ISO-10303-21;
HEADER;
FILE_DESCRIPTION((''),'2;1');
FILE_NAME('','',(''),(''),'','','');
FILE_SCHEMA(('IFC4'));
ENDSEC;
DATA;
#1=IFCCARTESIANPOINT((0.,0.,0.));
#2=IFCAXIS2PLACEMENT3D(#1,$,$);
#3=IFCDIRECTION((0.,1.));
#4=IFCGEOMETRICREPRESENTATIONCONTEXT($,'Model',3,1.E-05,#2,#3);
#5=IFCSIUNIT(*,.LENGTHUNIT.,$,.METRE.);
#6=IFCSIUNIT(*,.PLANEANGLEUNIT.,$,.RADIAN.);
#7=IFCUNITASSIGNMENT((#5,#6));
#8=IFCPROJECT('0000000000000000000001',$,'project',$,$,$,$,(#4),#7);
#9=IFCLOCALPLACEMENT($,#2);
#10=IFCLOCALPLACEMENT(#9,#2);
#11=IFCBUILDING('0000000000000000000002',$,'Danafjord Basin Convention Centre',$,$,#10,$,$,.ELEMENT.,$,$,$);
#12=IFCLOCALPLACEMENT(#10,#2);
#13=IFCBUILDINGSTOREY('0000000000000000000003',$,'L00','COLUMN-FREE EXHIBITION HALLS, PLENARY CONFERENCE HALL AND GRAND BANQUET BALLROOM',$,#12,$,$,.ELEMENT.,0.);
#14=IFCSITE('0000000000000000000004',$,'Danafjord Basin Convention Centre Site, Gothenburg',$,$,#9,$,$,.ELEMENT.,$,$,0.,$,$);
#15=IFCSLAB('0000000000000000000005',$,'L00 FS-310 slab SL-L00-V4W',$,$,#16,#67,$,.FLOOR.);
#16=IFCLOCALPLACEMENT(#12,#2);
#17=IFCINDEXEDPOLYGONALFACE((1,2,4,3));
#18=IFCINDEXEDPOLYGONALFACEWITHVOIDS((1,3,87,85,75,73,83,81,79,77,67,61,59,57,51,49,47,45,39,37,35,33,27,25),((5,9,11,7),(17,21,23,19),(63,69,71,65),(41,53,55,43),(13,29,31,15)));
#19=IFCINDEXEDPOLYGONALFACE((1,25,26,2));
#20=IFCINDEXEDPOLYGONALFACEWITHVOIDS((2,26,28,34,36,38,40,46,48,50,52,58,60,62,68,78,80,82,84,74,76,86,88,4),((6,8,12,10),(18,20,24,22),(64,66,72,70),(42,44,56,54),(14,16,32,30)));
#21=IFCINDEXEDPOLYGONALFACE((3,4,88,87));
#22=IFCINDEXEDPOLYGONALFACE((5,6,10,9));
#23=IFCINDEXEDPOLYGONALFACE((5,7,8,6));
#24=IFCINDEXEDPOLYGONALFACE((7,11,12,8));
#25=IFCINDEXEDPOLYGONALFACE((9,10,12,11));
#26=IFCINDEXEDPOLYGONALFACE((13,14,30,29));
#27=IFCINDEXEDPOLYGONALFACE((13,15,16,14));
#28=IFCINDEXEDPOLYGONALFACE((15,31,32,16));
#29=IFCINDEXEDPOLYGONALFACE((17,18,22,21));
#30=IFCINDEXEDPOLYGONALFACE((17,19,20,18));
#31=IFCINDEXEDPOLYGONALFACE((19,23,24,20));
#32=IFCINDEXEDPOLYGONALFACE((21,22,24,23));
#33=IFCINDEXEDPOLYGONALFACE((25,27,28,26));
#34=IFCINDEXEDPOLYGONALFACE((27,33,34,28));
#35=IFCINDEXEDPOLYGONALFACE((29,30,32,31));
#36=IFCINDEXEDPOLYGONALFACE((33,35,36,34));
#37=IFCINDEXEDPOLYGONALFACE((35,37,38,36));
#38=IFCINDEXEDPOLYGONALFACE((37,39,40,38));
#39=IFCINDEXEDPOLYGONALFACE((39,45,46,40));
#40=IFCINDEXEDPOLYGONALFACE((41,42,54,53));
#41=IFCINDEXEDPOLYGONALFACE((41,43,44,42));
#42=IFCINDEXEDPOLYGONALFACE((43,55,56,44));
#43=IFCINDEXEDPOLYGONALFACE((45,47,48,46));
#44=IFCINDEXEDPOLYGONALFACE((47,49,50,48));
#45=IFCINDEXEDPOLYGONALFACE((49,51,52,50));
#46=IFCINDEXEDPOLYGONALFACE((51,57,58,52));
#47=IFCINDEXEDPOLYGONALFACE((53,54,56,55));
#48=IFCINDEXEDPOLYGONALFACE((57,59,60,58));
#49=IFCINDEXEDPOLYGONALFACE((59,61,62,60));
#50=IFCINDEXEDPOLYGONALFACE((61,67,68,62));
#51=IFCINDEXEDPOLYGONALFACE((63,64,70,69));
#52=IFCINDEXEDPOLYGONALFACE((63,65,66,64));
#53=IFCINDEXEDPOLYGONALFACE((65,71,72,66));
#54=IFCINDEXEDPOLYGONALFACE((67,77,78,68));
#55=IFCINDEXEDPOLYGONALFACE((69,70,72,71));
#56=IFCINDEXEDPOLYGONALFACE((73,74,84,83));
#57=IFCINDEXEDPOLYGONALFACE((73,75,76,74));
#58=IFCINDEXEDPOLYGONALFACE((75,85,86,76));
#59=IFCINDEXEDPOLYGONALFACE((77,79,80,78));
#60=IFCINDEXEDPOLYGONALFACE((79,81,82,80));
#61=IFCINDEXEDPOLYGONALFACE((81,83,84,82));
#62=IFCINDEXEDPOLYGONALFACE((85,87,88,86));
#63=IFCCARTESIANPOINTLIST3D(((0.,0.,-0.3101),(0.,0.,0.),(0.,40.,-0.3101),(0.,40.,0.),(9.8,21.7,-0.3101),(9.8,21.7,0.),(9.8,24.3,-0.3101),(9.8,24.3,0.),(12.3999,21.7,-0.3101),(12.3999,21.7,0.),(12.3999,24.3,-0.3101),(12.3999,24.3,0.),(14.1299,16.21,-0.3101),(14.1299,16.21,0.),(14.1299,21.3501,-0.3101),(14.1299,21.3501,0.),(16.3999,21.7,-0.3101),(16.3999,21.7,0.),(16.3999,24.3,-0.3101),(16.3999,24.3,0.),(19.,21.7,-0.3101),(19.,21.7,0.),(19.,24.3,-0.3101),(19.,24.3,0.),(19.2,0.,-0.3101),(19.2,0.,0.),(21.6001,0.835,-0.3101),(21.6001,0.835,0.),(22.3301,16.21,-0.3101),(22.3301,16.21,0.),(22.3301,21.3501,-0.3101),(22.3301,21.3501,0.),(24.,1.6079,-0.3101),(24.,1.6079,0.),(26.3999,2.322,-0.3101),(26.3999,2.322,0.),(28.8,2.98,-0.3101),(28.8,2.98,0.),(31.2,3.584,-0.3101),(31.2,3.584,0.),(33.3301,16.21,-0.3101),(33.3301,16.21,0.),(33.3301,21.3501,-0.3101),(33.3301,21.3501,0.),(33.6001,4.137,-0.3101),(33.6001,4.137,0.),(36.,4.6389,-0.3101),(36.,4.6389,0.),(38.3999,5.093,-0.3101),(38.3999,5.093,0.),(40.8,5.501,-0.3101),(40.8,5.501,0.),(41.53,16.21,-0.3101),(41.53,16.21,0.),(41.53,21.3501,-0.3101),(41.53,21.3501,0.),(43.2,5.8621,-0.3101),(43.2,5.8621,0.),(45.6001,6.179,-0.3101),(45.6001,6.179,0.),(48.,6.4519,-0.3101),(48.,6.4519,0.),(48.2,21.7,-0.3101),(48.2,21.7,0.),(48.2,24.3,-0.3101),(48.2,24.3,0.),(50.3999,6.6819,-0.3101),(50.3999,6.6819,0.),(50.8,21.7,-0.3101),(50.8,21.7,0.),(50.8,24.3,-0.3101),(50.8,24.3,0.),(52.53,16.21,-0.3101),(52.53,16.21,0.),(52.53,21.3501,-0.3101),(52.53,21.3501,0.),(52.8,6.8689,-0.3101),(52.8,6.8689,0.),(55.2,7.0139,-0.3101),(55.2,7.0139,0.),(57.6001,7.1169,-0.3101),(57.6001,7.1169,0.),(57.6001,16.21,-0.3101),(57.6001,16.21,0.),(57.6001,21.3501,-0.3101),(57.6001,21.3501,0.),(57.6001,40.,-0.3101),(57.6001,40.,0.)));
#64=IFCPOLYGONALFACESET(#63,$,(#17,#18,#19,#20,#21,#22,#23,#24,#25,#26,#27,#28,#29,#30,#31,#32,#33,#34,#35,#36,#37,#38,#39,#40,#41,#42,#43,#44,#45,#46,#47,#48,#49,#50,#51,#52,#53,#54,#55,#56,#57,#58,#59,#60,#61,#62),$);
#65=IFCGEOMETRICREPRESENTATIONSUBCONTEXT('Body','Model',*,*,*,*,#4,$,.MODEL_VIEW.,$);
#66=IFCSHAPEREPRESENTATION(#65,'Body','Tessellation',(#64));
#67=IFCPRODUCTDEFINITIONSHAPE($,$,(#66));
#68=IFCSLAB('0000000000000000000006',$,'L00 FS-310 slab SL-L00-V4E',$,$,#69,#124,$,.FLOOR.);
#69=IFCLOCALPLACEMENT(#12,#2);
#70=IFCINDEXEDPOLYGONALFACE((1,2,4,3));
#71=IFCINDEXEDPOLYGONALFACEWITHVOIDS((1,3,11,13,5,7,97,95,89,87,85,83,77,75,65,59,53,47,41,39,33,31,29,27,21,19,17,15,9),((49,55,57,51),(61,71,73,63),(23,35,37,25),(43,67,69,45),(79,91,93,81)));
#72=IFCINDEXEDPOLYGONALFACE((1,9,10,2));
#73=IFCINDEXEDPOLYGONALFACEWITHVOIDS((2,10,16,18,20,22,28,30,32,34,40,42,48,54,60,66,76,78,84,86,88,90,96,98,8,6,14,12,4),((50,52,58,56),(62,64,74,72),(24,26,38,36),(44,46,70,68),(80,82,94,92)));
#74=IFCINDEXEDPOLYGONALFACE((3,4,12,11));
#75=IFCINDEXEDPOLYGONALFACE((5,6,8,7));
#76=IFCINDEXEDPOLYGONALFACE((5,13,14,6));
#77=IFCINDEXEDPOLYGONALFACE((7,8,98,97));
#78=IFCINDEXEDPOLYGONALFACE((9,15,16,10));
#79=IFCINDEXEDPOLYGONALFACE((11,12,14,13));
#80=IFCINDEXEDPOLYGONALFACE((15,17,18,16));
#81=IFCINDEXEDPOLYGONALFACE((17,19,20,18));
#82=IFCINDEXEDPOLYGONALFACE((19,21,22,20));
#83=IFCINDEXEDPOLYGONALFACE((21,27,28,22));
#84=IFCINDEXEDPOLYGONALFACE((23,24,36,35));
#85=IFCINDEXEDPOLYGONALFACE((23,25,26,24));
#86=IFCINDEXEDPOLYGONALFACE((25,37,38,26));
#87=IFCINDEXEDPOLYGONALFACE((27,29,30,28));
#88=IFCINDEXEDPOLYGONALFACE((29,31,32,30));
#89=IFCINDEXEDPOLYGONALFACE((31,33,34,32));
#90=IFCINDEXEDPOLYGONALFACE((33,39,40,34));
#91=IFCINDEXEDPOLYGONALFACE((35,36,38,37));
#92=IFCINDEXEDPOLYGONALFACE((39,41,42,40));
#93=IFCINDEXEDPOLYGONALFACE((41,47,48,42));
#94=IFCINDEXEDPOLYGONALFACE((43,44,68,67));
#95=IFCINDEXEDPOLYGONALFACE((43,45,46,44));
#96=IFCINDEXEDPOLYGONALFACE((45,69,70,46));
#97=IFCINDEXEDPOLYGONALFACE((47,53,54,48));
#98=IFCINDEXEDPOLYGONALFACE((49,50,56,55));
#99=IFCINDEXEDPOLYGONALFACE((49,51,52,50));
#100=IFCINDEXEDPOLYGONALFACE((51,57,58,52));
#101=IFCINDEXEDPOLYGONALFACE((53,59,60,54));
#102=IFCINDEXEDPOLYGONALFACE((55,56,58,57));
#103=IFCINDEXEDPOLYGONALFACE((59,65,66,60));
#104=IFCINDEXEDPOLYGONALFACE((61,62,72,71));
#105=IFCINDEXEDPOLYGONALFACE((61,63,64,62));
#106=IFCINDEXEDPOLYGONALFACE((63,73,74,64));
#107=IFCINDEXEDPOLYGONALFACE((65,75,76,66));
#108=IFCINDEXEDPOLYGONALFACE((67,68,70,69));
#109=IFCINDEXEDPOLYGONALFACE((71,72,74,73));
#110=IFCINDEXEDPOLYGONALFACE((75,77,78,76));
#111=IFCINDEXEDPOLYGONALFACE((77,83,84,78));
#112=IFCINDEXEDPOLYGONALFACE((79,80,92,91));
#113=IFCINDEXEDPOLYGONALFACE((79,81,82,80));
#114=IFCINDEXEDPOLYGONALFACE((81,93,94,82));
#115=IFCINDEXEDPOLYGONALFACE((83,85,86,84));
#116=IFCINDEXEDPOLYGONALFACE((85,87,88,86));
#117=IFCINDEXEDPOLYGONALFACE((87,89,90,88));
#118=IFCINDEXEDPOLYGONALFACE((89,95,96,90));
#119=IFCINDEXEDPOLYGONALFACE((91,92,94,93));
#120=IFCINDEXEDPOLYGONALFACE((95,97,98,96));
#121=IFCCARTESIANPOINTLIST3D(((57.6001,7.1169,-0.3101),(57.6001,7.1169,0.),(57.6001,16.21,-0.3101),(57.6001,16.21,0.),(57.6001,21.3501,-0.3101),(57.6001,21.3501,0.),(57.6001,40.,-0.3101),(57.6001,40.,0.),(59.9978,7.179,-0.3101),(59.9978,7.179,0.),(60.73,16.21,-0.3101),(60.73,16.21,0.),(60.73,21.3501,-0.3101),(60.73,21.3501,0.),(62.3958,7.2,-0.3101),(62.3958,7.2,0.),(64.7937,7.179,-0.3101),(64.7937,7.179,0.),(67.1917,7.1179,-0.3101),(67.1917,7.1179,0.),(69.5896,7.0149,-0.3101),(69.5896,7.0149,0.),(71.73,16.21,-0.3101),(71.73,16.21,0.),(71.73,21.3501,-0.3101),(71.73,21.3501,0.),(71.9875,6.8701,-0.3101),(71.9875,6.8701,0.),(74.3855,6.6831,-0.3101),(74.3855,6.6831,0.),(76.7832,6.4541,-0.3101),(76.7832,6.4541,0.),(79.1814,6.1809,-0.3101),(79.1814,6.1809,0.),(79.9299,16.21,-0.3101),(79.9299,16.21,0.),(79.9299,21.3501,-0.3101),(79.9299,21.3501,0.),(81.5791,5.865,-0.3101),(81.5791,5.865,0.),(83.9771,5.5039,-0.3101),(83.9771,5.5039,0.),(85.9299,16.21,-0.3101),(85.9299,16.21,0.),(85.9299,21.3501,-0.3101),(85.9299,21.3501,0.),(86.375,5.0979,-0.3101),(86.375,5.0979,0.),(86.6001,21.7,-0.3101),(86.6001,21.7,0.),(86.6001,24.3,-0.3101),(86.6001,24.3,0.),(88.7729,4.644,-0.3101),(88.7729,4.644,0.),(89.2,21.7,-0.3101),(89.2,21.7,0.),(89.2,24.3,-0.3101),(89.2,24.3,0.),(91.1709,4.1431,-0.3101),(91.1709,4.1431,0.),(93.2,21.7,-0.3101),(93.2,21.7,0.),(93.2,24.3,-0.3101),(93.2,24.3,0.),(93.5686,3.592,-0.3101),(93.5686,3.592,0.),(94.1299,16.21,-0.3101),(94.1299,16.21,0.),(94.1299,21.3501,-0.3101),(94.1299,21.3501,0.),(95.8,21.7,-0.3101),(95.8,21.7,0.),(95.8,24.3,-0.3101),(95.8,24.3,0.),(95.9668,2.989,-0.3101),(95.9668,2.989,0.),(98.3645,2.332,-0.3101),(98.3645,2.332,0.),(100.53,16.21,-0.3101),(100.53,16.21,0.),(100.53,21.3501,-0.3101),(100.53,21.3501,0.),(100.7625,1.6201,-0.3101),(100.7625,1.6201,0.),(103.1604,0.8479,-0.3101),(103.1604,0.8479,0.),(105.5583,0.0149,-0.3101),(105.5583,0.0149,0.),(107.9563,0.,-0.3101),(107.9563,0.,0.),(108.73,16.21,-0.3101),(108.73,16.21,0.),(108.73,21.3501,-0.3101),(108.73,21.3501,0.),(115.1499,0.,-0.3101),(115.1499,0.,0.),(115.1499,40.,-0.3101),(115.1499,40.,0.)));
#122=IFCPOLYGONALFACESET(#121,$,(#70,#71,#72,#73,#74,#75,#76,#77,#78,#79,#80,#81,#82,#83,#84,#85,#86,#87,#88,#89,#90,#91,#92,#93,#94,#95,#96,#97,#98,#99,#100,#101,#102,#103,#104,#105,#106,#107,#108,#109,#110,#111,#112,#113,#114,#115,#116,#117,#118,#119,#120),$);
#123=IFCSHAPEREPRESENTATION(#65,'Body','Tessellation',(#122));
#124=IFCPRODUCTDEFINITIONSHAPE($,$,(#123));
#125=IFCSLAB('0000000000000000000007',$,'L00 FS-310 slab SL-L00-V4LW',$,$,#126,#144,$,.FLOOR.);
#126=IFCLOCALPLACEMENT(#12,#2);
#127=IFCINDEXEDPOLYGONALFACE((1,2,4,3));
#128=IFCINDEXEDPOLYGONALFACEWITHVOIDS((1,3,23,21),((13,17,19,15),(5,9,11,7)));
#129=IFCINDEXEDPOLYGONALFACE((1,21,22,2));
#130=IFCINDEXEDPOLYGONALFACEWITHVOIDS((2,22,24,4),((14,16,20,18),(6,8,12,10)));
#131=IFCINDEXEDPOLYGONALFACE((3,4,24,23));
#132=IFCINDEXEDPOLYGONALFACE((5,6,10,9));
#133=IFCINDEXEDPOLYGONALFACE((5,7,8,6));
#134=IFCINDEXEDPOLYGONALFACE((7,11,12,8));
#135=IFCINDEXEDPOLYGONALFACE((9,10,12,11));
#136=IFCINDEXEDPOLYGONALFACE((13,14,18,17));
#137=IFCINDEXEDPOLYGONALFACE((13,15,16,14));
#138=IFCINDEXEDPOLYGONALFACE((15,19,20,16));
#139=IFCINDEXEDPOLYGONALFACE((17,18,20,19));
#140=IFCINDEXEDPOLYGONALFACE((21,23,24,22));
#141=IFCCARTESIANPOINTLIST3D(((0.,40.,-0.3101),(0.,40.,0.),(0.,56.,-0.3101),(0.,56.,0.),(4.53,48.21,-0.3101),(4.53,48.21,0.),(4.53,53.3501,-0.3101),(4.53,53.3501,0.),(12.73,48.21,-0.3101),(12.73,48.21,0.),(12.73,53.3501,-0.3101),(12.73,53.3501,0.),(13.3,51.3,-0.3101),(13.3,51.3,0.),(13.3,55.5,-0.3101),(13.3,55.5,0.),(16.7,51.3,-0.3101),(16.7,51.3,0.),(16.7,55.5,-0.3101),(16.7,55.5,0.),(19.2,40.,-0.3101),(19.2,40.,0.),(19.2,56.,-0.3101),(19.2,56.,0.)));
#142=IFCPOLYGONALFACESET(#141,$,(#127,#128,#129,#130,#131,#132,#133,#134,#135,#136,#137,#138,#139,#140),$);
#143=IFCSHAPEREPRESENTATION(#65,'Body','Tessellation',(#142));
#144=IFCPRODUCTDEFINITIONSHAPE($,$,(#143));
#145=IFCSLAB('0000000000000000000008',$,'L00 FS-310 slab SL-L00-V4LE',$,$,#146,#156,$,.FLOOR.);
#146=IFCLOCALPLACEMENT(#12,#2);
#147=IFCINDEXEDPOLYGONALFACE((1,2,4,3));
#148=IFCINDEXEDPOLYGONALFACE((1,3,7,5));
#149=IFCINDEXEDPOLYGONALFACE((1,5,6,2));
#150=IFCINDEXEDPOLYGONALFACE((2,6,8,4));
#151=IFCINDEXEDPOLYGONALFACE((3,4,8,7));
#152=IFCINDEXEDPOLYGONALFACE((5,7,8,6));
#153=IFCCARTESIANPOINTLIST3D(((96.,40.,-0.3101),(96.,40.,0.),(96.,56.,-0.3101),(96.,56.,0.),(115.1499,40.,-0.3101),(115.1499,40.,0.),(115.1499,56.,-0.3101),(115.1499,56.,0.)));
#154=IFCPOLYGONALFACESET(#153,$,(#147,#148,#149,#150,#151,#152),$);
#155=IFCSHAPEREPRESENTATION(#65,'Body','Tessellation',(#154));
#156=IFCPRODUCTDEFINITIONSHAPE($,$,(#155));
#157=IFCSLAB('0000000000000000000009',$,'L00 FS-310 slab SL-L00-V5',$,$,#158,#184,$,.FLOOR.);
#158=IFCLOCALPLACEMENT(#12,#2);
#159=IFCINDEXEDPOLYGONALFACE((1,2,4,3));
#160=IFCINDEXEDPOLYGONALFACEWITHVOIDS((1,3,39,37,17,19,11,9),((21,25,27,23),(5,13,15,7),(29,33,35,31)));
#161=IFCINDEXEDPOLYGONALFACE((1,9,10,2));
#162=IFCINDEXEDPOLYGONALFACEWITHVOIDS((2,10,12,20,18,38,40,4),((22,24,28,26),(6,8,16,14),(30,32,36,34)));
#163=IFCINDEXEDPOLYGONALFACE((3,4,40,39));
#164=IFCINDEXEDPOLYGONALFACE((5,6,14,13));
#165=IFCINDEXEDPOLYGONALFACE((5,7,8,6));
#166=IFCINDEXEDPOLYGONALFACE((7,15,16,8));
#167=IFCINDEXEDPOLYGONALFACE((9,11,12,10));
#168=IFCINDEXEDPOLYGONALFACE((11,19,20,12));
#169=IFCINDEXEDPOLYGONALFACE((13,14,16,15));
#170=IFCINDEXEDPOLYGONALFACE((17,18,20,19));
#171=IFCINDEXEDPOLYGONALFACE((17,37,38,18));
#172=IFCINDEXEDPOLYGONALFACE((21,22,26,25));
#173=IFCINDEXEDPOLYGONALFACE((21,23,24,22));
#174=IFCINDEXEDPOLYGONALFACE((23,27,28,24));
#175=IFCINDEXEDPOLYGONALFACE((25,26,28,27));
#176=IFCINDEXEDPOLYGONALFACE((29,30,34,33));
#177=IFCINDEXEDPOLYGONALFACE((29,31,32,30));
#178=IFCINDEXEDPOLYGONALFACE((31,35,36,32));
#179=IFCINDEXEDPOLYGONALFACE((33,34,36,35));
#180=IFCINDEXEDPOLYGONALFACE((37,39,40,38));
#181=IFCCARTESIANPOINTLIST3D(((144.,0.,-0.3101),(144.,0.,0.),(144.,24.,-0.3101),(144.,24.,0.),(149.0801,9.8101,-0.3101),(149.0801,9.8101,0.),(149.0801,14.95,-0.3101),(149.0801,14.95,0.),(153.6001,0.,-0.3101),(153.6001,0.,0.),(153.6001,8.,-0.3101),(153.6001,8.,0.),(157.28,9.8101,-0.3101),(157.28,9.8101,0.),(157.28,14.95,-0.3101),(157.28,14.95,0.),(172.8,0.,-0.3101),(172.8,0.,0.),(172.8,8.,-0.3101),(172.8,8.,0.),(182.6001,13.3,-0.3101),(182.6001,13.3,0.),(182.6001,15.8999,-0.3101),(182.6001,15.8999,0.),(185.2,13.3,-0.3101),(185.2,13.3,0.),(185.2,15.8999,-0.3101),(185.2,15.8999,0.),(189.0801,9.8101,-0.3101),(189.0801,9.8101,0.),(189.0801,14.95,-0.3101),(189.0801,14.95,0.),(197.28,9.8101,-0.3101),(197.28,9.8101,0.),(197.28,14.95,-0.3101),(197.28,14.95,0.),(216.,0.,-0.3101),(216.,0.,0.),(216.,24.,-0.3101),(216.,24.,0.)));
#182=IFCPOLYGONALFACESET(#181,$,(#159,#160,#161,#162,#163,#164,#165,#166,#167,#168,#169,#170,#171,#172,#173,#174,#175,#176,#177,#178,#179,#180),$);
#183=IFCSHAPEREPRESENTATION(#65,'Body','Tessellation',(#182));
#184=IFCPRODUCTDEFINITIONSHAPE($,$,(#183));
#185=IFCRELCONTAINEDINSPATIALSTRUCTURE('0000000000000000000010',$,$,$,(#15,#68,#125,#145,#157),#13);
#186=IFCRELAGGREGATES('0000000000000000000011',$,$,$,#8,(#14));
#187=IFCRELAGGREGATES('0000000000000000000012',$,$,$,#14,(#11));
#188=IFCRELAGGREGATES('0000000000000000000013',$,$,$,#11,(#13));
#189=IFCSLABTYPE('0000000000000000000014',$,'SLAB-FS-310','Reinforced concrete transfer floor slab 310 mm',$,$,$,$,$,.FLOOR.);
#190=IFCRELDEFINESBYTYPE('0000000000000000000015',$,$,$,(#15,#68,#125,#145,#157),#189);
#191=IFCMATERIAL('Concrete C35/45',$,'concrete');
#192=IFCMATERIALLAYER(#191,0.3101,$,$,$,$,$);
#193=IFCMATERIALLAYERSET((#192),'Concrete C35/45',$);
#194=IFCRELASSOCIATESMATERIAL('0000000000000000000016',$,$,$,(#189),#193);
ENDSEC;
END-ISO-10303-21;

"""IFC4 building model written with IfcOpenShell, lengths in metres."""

from ifc_helpers import new_model, si_unit, direction, frame, origin, place, context, subcontext, project, spatial, polyline, outline, extrude, material, layer, layer_set, type_object, element, save


model = new_model("IFC4")

# Units and contexts
model_context = context("Model", 3, precision=1e-05, world=origin(), true_north=direction((0.0, 1.0)))
body_context = subcontext(model_context, "Body", "Model", "MODEL_VIEW")
ifc_project = project(units=[si_unit("LENGTHUNIT", "METRE"), si_unit("PLANEANGLEUNIT", "RADIAN")], contexts=[model_context])

# Site, building, storey
site_placement = place(None, origin())
site = spatial("IfcSite", under=ifc_project, at=site_placement, Name="Danafjord Basin Convention Centre Site, Gothenburg", CompositionType="ELEMENT", RefElevation=0.0)
building_placement = place(site_placement, origin())
building = spatial("IfcBuilding", under=site, at=building_placement, Name="Danafjord Basin Convention Centre", CompositionType="ELEMENT")
storey_placement = place(building_placement, origin())
storey = spatial("IfcBuildingStorey", under=building, at=storey_placement, Name="L00", Description="COLUMN-FREE EXHIBITION HALLS, PLENARY CONFERENCE HALL AND GRAND BANQUET BALLROOM", CompositionType="ELEMENT", Elevation=0.0)

# Slabs
ifc_material_1 = material(Name="Concrete C35/45", Category="concrete")
ifc_layer_1 = layer(ifc_material_1, 0.3101)
ifc_layer_set_1 = layer_set([ifc_layer_1], Name="Concrete C35/45")
slab_type_1 = type_object("IfcSlabType", Name="SLAB-FS-310", Description="Reinforced concrete transfer floor slab 310 mm", PredefinedType="FLOOR", material=ifc_layer_set_1)
slab_1_placement = place(storey_placement, frame((0.0, 0.0, -0.3101)))
element("IfcSlab", 1, at=slab_1_placement, inside=storey, type_object=slab_type_1, Name="L00 FS-310 slab SL-L00-V4W", PredefinedType="FLOOR", context=body_context, shape_type="SweptSolid", body=[
    extrude(outline(polyline([(57.6001, 40.0), (57.6001, 21.3501), (52.53, 21.3501), (52.53, 16.21), (57.6001, 16.21), (57.6001, 7.1169), (55.2, 7.0139), (52.8, 6.8689), (50.3999, 6.6819), (48.0, 6.4519), (45.6001, 6.179), (43.2, 5.8621), (40.8, 5.501), (38.3999, 5.093), (36.0, 4.6389), (33.6001, 4.137), (31.2, 3.584), (28.8, 2.98), (26.3999, 2.322), (24.0, 1.6079), (21.6001, 0.835), (19.2, 0.0), (0.0, 0.0), (0.0, 40.0), (57.6001, 40.0)]), holes=[polyline([(50.8, 24.3), (48.2, 24.3), (48.2, 21.7), (50.8, 21.7), (50.8, 24.3)]), polyline([(33.3301, 21.3501), (33.3301, 16.21), (41.53, 16.21), (41.53, 21.3501), (33.3301, 21.3501)]), polyline([(14.1299, 16.21), (22.3301, 16.21), (22.3301, 21.3501), (14.1299, 21.3501), (14.1299, 16.21)]), polyline([(16.3999, 24.3), (16.3999, 21.7), (19.0, 21.7), (19.0, 24.3), (16.3999, 24.3)]), polyline([(9.8, 24.3), (9.8, 21.7), (12.3999, 21.7), (12.3999, 24.3), (9.8, 24.3)])]), origin(), (0.0, 0.0, 1.0), 0.3101),
])
slab_2_placement = place(storey_placement, frame((0.0, 0.0, -0.3101)))
element("IfcSlab", 2, at=slab_2_placement, inside=storey, type_object=slab_type_1, Name="L00 FS-310 slab SL-L00-V4E", PredefinedType="FLOOR", context=body_context, shape_type="SweptSolid", body=[
    extrude(outline(polyline([(60.73, 16.21), (60.73, 21.3501), (57.6001, 21.3501), (57.6001, 40.0), (115.1499, 40.0), (115.1499, 0.0), (107.9563, 0.0), (105.5583, 0.0149), (103.1604, 0.8479), (100.7625, 1.6201), (98.3645, 2.332), (95.9668, 2.989), (93.5686, 3.592), (91.1709, 4.1431), (88.7729, 4.644), (86.375, 5.0979), (83.9771, 5.5039), (81.5791, 5.865), (79.1814, 6.1809), (76.7832, 6.4541), (74.3855, 6.6831), (71.9875, 6.8701), (69.5896, 7.0149), (67.1917, 7.1179), (64.7937, 7.179), (62.3958, 7.2), (59.9978, 7.179), (57.6001, 7.1169), (57.6001, 16.21), (60.73, 16.21)]), holes=[polyline([(100.53, 21.3501), (100.53, 16.21), (108.73, 16.21), (108.73, 21.3501), (100.53, 21.3501)]), polyline([(93.2, 24.3), (93.2, 21.7), (95.8, 21.7), (95.8, 24.3), (93.2, 24.3)]), polyline([(85.9299, 21.3501), (85.9299, 16.21), (94.1299, 16.21), (94.1299, 21.3501), (85.9299, 21.3501)]), polyline([(89.2, 24.3), (86.6001, 24.3), (86.6001, 21.7), (89.2, 21.7), (89.2, 24.3)]), polyline([(71.73, 16.21), (79.9299, 16.21), (79.9299, 21.3501), (71.73, 21.3501), (71.73, 16.21)])]), origin(), (0.0, 0.0, 1.0), 0.3101),
])
slab_3_placement = place(storey_placement, frame((0.0, 0.0, -0.3101)))
element("IfcSlab", 3, at=slab_3_placement, inside=storey, type_object=slab_type_1, Name="L00 FS-310 slab SL-L00-V4LW", PredefinedType="FLOOR", context=body_context, shape_type="SweptSolid", body=[
    extrude(outline(polyline([(0.0, 56.0), (19.2, 56.0), (19.2, 40.0), (0.0, 40.0), (0.0, 56.0)]), holes=[polyline([(13.3, 51.3), (16.7, 51.3), (16.7, 55.5), (13.3, 55.5), (13.3, 51.3)]), polyline([(4.53, 48.21), (12.73, 48.21), (12.73, 53.3501), (4.53, 53.3501), (4.53, 48.21)])]), origin(), (0.0, 0.0, 1.0), 0.3101),
])
slab_4_placement = place(storey_placement, frame((0.0, 0.0, -0.3101)))
element("IfcSlab", 4, at=slab_4_placement, inside=storey, type_object=slab_type_1, Name="L00 FS-310 slab SL-L00-V4LE", PredefinedType="FLOOR", context=body_context, shape_type="SweptSolid", body=[
    extrude(outline(polyline([(96.0, 40.0), (96.0, 56.0), (115.1499, 56.0), (115.1499, 40.0), (96.0, 40.0)])), origin(), (0.0, 0.0, 1.0), 0.3101),
])
slab_5_placement = place(storey_placement, frame((0.0, 0.0, -0.3101)))
element("IfcSlab", 5, at=slab_5_placement, inside=storey, type_object=slab_type_1, Name="L00 FS-310 slab SL-L00-V5", PredefinedType="FLOOR", context=body_context, shape_type="SweptSolid", body=[
    extrude(outline(polyline([(144.0, 24.0), (216.0, 24.0), (216.0, 0.0), (172.8, 0.0), (172.8, 8.0), (153.6001, 8.0), (153.6001, 0.0), (144.0, 0.0), (144.0, 24.0)]), holes=[polyline([(189.0801, 14.95), (189.0801, 9.8101), (197.28, 9.8101), (197.28, 14.95), (189.0801, 14.95)]), polyline([(182.6001, 13.3), (185.2, 13.3), (185.2, 15.8999), (182.6001, 15.8999), (182.6001, 13.3)]), polyline([(149.0801, 9.8101), (157.28, 9.8101), (157.28, 14.95), (149.0801, 14.95), (149.0801, 9.8101)])]), origin(), (0.0, 0.0, 1.0), 0.3101),
])

save(model, "model.ifc")
